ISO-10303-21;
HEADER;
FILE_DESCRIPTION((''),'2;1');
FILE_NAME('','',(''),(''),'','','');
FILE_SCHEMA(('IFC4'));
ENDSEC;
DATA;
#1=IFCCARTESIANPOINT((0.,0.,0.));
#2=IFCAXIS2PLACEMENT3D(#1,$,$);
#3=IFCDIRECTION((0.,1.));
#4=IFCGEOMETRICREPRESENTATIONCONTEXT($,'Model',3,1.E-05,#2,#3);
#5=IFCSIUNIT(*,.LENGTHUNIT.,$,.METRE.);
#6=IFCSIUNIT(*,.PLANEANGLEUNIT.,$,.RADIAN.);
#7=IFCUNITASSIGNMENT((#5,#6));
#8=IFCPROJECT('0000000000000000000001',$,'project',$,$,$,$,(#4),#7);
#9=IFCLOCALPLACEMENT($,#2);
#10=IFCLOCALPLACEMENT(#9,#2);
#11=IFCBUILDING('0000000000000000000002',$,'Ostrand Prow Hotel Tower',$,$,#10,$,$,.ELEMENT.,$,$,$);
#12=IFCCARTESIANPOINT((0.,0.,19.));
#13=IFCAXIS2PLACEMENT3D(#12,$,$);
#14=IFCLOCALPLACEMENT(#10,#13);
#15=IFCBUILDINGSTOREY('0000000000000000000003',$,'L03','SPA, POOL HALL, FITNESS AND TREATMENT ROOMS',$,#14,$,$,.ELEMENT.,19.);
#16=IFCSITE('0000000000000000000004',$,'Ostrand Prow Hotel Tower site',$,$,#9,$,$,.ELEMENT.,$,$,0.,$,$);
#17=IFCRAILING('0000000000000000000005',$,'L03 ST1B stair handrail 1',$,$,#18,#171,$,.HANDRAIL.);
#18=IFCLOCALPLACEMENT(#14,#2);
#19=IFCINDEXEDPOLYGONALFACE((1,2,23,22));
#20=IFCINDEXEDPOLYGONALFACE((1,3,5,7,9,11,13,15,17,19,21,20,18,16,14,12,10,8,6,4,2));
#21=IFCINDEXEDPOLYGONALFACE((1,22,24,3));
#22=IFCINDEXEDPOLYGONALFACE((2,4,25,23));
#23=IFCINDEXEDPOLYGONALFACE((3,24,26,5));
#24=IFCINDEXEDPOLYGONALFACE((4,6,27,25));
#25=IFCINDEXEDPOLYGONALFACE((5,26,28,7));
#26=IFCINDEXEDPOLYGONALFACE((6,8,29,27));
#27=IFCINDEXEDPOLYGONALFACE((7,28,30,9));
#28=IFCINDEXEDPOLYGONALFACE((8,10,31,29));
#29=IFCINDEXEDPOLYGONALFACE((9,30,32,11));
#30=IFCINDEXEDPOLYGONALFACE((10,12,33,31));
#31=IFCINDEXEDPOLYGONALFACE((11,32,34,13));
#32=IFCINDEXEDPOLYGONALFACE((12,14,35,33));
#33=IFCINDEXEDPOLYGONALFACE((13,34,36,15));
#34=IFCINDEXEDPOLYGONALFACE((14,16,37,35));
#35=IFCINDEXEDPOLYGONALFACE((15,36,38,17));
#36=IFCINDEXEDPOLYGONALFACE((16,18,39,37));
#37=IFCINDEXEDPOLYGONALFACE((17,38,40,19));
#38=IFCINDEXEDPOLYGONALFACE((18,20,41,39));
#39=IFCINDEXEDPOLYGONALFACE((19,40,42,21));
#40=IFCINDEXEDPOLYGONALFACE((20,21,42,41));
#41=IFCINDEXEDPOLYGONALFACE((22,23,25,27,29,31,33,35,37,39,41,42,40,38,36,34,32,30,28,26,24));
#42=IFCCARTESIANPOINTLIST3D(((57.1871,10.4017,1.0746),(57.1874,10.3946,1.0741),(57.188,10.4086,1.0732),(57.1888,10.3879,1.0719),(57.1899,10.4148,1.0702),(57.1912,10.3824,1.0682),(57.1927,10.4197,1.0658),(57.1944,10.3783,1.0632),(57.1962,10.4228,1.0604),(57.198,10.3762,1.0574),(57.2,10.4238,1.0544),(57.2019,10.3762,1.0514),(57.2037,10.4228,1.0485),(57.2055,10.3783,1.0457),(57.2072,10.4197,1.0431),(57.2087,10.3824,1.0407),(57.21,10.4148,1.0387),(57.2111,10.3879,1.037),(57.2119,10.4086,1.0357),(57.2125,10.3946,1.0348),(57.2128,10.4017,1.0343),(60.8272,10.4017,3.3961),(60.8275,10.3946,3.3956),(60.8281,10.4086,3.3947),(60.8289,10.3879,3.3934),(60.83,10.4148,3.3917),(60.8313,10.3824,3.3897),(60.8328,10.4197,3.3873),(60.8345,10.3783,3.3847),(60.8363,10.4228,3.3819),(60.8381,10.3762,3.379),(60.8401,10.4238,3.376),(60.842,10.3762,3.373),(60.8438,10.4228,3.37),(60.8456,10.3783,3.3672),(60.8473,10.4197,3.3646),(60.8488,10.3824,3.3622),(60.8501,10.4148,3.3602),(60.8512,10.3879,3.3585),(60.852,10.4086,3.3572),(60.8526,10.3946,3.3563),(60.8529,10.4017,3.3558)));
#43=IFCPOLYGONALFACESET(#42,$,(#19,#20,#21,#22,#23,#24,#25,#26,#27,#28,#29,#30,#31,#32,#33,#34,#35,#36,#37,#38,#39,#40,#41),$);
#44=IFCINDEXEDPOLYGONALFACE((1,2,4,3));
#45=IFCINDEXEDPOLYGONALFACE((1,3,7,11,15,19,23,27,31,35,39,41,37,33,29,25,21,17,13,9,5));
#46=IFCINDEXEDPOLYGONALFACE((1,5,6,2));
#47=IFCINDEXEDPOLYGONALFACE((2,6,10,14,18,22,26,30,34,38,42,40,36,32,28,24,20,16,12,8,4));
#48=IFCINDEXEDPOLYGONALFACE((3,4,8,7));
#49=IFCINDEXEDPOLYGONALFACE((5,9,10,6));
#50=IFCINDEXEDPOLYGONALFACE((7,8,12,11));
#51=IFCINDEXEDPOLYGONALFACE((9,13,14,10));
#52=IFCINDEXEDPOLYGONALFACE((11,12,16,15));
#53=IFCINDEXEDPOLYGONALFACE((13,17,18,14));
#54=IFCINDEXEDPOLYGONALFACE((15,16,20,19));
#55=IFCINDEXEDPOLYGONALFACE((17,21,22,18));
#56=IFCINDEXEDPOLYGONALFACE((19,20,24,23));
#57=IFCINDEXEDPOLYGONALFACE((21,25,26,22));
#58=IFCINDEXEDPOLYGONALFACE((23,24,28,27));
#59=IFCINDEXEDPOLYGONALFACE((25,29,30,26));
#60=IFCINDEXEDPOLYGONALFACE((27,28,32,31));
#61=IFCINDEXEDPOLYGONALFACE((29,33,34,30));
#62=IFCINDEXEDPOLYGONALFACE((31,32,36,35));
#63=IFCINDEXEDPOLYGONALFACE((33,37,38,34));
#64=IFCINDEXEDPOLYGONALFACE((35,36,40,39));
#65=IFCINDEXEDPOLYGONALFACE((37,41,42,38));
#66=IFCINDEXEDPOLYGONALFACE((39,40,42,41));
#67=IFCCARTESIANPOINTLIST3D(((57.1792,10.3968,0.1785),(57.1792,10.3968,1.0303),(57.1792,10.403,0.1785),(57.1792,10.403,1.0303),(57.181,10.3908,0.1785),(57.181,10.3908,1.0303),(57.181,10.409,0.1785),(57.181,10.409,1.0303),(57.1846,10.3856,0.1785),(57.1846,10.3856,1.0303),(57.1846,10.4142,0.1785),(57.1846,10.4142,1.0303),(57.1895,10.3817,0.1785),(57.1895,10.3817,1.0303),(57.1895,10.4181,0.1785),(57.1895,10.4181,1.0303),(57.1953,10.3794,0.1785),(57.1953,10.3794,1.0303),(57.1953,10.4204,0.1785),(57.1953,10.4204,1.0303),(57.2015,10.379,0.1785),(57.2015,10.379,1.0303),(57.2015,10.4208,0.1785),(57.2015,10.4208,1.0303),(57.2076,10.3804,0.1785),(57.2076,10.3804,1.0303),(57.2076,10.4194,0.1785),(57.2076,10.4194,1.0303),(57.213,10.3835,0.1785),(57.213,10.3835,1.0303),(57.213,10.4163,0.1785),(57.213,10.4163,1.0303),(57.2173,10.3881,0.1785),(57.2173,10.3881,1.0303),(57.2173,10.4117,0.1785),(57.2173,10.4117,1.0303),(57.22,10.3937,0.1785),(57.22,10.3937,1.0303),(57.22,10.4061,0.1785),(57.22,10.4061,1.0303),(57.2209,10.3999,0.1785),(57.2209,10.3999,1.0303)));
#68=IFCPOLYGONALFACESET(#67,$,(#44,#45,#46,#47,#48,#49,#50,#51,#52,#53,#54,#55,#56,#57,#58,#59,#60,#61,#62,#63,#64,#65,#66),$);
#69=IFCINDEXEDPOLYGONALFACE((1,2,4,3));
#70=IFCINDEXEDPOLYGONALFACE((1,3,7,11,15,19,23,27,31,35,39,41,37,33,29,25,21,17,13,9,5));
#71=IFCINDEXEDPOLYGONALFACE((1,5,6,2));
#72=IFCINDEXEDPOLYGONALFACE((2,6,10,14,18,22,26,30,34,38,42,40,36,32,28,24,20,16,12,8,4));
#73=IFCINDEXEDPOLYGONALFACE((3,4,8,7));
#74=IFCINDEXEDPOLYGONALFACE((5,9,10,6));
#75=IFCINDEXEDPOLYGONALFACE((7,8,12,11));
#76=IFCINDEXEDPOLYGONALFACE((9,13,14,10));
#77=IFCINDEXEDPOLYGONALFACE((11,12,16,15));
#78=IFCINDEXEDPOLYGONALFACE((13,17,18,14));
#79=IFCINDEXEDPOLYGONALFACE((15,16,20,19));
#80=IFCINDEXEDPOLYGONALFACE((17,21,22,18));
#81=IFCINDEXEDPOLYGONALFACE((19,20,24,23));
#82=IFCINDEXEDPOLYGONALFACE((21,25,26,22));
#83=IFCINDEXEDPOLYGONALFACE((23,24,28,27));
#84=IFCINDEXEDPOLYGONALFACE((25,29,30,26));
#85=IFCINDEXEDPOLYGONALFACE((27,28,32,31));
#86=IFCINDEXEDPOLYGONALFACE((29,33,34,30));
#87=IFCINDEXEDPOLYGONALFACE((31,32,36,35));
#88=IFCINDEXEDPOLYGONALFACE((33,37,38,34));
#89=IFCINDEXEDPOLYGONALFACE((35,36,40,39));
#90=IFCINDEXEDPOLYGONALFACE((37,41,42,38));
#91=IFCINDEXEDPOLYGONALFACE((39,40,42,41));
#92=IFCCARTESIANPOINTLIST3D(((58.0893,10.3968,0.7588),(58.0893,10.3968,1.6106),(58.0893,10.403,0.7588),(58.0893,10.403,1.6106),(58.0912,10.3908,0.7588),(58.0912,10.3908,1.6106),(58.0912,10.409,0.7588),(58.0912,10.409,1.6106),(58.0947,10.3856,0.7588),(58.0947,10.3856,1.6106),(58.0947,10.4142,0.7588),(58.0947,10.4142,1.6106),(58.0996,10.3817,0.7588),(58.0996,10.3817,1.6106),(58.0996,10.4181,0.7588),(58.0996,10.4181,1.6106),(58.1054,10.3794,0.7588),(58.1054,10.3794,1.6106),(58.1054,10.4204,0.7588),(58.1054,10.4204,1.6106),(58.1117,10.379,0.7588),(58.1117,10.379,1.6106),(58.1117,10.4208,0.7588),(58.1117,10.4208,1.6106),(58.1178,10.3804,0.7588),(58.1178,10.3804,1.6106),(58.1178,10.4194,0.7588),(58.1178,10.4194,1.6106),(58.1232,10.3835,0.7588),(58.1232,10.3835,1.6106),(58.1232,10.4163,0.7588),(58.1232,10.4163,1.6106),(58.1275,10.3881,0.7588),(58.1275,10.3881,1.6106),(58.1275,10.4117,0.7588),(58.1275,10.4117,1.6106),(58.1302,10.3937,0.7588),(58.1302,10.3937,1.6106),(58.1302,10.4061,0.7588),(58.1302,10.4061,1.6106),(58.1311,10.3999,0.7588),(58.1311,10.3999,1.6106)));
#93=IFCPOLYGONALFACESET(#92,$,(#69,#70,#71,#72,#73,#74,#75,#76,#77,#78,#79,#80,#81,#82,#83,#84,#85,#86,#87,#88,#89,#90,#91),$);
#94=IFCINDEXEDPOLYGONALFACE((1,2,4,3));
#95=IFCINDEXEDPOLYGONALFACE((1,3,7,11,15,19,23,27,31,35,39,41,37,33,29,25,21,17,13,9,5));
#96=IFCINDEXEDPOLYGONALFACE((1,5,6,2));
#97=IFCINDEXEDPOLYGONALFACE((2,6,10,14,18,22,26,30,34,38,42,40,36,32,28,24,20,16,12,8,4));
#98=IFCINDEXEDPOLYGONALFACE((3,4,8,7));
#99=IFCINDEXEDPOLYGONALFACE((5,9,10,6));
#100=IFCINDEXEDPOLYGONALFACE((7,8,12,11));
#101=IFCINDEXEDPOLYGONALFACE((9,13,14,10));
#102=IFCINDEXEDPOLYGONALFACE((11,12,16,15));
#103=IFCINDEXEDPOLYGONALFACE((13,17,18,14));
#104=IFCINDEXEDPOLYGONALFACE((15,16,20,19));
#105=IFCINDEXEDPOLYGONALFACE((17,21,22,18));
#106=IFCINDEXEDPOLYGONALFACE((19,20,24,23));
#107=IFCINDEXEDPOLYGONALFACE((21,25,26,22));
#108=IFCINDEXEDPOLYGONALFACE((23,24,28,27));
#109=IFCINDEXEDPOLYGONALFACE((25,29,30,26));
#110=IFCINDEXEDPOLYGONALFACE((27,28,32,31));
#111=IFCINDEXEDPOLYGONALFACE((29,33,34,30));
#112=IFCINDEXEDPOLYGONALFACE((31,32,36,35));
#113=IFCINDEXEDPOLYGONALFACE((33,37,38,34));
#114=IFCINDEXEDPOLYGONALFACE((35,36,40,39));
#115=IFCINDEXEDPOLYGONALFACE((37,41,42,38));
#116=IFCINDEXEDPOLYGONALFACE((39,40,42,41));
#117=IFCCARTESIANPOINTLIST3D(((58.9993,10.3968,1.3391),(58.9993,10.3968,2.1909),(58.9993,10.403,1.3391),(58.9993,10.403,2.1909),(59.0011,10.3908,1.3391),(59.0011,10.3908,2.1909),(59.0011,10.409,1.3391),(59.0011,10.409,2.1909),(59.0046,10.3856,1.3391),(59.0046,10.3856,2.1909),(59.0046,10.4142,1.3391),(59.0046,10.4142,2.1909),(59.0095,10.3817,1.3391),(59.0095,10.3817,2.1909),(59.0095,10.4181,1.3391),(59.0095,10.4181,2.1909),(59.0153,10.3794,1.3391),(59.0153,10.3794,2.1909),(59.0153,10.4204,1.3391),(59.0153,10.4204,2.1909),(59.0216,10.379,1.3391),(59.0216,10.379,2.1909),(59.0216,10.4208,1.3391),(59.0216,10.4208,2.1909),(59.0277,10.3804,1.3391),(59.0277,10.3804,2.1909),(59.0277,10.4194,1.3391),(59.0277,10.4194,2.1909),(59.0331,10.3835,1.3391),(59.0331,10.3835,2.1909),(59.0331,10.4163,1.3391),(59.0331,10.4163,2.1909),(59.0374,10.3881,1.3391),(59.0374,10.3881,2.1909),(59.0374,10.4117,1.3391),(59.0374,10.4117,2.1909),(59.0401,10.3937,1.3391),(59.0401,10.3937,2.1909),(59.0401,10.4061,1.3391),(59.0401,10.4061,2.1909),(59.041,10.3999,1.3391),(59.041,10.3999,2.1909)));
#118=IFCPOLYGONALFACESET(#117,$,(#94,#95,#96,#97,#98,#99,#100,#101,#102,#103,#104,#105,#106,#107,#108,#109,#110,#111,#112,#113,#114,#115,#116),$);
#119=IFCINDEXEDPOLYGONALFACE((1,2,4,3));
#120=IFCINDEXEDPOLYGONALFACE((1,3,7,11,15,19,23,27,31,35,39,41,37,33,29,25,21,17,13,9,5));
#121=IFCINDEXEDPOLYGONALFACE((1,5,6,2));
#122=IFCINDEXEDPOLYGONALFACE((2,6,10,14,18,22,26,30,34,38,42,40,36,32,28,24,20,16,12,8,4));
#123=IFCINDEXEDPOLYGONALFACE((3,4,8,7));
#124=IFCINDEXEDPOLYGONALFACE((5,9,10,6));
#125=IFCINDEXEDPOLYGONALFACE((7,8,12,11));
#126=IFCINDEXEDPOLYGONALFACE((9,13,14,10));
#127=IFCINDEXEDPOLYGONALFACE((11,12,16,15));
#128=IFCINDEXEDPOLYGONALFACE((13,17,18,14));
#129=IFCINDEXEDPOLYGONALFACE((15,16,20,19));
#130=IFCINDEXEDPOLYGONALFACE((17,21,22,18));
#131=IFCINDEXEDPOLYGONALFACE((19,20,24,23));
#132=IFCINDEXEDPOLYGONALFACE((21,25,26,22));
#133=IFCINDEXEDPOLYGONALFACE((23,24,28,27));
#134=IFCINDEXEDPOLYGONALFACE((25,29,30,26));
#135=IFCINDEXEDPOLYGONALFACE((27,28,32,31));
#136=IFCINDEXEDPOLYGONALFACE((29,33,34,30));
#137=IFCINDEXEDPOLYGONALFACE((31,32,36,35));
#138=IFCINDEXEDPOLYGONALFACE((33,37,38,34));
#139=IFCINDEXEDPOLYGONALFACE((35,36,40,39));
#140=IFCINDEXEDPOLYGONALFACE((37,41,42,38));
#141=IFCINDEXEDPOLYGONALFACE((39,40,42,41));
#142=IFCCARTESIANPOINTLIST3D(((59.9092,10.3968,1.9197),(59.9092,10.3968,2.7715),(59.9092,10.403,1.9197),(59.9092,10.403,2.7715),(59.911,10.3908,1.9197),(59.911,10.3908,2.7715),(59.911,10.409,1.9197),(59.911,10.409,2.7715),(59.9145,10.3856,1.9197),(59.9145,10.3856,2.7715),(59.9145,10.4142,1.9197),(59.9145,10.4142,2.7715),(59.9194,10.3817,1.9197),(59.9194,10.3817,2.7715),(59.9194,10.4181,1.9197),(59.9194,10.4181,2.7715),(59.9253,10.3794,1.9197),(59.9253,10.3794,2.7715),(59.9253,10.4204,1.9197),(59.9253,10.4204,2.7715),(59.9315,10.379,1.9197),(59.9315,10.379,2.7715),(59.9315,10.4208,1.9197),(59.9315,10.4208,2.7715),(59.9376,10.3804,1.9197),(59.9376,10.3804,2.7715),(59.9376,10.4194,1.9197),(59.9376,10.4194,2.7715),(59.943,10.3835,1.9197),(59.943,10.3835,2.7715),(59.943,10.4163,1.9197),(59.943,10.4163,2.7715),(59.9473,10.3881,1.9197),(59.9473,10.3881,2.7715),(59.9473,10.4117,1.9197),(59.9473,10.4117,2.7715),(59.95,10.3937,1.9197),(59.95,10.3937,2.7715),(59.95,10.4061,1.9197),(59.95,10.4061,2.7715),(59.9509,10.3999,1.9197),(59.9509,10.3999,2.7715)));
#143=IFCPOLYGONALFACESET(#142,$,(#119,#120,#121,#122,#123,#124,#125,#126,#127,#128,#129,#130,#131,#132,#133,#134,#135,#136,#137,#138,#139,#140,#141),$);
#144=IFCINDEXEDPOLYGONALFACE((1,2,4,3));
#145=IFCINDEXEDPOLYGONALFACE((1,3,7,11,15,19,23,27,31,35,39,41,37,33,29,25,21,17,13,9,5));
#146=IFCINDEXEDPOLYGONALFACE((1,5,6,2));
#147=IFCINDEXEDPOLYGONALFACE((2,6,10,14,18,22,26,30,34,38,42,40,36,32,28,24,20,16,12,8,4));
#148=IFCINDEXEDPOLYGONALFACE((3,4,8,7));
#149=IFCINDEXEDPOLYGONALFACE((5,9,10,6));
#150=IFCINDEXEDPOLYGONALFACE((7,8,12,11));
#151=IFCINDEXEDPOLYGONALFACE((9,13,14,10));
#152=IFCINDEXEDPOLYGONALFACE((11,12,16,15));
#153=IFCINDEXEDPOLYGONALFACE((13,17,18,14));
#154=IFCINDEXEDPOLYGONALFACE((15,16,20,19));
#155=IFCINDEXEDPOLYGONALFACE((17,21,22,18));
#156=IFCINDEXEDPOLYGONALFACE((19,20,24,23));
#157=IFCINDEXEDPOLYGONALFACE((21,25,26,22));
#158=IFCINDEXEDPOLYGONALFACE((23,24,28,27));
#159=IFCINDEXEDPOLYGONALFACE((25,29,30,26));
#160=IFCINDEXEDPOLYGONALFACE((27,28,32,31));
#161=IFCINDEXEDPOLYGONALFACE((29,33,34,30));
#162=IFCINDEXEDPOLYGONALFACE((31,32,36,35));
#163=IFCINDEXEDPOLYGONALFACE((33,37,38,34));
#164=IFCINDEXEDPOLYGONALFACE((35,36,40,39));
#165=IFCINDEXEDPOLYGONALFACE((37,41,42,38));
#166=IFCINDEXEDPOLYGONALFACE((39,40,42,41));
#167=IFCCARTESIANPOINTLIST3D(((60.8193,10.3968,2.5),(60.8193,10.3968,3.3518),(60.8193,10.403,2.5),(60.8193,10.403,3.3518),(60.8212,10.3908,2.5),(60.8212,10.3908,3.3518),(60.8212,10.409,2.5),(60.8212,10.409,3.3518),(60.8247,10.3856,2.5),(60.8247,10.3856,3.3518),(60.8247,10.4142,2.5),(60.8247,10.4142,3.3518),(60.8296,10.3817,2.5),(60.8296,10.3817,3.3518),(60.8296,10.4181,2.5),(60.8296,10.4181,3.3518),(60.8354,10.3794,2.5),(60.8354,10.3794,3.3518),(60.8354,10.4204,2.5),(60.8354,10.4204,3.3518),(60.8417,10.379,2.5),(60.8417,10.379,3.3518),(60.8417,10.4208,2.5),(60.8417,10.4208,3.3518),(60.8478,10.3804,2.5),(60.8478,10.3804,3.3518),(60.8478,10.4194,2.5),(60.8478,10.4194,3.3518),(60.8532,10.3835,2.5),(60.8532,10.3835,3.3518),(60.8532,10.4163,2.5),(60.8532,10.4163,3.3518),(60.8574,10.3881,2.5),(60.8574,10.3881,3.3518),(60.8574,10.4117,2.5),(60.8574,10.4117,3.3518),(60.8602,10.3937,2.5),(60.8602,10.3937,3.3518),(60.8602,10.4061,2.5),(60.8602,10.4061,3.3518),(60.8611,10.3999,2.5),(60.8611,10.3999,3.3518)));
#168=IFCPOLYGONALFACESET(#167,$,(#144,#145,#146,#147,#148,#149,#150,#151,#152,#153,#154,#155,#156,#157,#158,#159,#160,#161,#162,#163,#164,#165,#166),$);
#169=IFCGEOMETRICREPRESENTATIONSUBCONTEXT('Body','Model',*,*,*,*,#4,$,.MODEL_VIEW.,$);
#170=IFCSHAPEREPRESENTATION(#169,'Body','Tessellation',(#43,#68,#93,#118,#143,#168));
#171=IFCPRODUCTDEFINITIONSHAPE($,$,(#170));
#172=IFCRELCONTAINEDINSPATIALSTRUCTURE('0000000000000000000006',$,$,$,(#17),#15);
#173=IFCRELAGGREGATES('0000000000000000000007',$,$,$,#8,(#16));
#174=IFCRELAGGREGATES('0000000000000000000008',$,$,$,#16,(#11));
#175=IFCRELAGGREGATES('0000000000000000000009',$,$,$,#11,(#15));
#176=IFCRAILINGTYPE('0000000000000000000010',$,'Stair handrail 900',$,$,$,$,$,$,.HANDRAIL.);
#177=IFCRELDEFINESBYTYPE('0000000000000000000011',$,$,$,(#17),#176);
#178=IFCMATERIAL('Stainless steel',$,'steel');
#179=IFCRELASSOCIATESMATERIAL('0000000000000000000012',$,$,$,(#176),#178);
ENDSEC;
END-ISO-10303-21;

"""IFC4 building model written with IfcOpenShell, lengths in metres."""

from ifc_helpers import new_model, si_unit, direction, frame, origin, origin_2d, place, context, subcontext, project, spatial, circle, extrude, material, type_object, element, save


model = new_model("IFC4")

# Units and contexts
model_context = context("Model", 3, precision=1e-05, world=origin(), true_north=direction((0.0, 1.0)))
body_context = subcontext(model_context, "Body", "Model", "MODEL_VIEW")
ifc_project = project(units=[si_unit("LENGTHUNIT", "METRE"), si_unit("PLANEANGLEUNIT", "RADIAN")], contexts=[model_context])

# Site, building, storey
site_placement = place(None, origin())
site = spatial("IfcSite", under=ifc_project, at=site_placement, Name="Ostrand Prow Hotel Tower site", CompositionType="ELEMENT", RefElevation=0.0)
building_placement = place(site_placement, origin())
building = spatial("IfcBuilding", under=site, at=building_placement, Name="Ostrand Prow Hotel Tower", CompositionType="ELEMENT")
storey_placement = place(building_placement, frame((0.0, 0.0, 19.0)))
storey = spatial("IfcBuildingStorey", under=building, at=storey_placement, Name="L03", Description="SPA, POOL HALL, FITNESS AND TREATMENT ROOMS", CompositionType="ELEMENT", Elevation=19.0)

# Railing
ifc_material_1 = material(Name="Stainless steel", Category="steel")
railing_type_1 = type_object("IfcRailingType", Name="Stair handrail 900", PredefinedType="HANDRAIL", material=ifc_material_1)
railing_1_placement = place(storey_placement, frame((57.2, 10.3999, 0.1785)))
element("IfcRailing", 1, at=railing_1_placement, inside=storey, type_object=railing_type_1, Name="L03 ST1B stair handrail 1", PredefinedType="HANDRAIL", context=body_context, shape_type="SweptSolid", body=[
    extrude(circle(Radius=0.0239, at=origin_2d()), frame((0.0, 0.0, 0.876), z_axis=(0.843128, 0.0, 0.537713), x_axis=(0.0, 1.0, 0.0)), (0.0, 0.0, 1.0), 4.3174),
    extrude(circle(Radius=0.021, at=origin_2d()), origin(), (0.0, 0.0, 1.0), 0.8518),
    extrude(circle(Radius=0.021, at=origin_2d()), frame((0.9102, 0.0, 0.5803)), (0.0, 0.0, 1.0), 0.8518),
    extrude(circle(Radius=0.021, at=origin_2d()), frame((1.8201, 0.0, 1.1606)), (0.0, 0.0, 1.0), 0.8518),
    extrude(circle(Radius=0.021, at=origin_2d()), frame((2.73, 0.0, 1.7412)), (0.0, 0.0, 1.0), 0.8518),
    extrude(circle(Radius=0.021, at=origin_2d()), frame((3.6401, 0.0, 2.3215)), (0.0, 0.0, 1.0), 0.8518),
])

save(model, "model.ifc")
